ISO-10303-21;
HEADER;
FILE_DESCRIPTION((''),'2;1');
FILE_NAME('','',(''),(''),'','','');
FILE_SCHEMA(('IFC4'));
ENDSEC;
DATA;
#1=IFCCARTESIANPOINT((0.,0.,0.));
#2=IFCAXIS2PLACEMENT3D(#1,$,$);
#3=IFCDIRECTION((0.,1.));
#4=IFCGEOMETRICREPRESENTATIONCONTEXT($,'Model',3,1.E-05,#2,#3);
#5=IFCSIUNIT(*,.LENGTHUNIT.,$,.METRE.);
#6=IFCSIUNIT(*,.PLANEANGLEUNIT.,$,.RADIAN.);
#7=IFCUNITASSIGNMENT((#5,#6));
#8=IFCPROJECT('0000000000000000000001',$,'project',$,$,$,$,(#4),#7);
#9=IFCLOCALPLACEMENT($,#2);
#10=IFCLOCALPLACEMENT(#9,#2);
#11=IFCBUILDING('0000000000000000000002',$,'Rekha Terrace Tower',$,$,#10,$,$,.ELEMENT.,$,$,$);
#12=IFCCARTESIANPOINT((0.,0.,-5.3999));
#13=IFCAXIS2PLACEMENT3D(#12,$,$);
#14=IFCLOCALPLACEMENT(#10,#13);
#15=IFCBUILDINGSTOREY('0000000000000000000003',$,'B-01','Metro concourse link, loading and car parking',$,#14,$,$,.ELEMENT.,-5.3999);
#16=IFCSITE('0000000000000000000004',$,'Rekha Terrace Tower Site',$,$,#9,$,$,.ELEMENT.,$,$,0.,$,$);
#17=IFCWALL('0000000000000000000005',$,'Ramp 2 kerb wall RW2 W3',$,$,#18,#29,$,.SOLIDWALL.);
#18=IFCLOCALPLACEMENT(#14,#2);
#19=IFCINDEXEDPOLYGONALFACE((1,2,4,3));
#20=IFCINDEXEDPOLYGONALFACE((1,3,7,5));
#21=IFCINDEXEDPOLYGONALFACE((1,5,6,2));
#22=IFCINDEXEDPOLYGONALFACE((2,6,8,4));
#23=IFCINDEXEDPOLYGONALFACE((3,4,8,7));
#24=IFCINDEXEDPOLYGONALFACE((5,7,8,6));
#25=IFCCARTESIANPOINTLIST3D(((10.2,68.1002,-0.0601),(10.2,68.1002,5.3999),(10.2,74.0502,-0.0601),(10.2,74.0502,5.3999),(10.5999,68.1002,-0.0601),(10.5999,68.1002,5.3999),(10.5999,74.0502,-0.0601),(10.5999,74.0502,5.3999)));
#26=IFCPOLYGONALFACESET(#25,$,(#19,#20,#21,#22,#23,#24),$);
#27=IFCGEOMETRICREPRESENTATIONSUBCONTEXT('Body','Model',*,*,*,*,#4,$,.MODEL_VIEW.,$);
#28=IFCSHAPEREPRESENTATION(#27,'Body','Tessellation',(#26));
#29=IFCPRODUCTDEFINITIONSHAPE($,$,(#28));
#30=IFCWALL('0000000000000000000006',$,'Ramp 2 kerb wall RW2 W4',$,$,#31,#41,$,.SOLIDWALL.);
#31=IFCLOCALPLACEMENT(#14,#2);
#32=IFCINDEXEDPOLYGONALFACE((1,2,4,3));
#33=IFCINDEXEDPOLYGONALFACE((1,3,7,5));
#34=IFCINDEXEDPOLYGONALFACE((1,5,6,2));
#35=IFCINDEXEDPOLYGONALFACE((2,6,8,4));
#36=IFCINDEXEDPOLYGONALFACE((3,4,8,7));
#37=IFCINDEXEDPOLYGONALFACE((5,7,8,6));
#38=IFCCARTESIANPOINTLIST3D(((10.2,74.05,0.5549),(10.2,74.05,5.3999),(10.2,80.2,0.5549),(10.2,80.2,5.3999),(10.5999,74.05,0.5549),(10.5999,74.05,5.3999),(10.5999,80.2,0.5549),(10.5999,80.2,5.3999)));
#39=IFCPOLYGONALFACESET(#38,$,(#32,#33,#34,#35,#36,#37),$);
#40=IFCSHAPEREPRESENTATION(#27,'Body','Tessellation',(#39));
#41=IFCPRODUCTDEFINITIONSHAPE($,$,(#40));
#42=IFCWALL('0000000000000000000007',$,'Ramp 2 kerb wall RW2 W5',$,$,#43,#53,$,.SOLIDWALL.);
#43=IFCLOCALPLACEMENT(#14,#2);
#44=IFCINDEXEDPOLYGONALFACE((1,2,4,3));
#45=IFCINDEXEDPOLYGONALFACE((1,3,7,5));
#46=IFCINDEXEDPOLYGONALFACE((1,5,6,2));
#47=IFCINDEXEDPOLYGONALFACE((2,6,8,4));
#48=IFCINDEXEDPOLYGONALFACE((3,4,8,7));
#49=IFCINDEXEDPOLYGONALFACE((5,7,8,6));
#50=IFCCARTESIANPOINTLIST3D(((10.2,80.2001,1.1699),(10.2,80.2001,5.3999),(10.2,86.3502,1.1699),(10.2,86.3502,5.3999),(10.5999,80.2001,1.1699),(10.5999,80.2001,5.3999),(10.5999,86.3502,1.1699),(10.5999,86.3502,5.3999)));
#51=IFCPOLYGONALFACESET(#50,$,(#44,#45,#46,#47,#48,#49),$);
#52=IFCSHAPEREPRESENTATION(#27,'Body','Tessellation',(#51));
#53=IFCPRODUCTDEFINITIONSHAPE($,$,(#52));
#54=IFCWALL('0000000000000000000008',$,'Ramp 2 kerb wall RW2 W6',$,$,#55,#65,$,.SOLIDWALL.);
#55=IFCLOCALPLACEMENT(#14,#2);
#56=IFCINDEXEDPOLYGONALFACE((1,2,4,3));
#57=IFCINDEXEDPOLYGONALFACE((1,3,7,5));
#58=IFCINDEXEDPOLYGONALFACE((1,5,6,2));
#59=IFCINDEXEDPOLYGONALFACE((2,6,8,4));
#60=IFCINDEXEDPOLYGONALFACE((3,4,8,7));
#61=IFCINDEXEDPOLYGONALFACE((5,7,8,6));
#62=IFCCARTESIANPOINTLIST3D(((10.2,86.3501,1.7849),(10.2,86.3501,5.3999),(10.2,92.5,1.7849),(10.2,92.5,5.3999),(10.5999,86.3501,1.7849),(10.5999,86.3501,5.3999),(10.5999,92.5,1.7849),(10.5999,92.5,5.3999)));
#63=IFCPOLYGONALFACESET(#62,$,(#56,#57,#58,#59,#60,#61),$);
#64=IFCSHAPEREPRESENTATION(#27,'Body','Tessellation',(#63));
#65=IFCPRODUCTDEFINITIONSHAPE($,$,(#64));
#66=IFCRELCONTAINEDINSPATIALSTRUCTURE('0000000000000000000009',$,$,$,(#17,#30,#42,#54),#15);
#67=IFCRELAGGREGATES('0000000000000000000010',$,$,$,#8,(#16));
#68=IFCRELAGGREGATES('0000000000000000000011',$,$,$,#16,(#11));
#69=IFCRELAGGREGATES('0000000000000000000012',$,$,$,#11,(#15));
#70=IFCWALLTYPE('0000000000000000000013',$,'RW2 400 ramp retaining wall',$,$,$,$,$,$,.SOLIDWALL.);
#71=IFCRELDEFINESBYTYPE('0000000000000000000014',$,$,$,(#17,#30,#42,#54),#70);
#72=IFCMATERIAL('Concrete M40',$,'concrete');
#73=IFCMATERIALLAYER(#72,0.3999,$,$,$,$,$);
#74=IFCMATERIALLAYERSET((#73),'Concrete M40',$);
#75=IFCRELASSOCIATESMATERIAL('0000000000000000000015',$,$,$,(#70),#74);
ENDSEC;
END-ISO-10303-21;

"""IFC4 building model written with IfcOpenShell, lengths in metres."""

from ifc_helpers import new_model, si_unit, direction, frame, frame_2d, origin, place, context, subcontext, project, spatial, rectangle, extrude, material, layer, layer_set, type_object, element, save


model = new_model("IFC4")

# Units and contexts
model_context = context("Model", 3, precision=1e-05, world=origin(), true_north=direction((0.0, 1.0)))
body_context = subcontext(model_context, "Body", "Model", "MODEL_VIEW")
ifc_project = project(units=[si_unit("LENGTHUNIT", "METRE"), si_unit("PLANEANGLEUNIT", "RADIAN")], contexts=[model_context])

# Site, building, storey
site_placement = place(None, origin())
site = spatial("IfcSite", under=ifc_project, at=site_placement, Name="Rekha Terrace Tower Site", CompositionType="ELEMENT", RefElevation=0.0)
building_placement = place(site_placement, origin())
building = spatial("IfcBuilding", under=site, at=building_placement, Name="Rekha Terrace Tower", CompositionType="ELEMENT")
storey_placement = place(building_placement, frame((0.0, 0.0, -5.3999)))
storey = spatial("IfcBuildingStorey", under=building, at=storey_placement, Name="B-01", Description="Metro concourse link, loading and car parking", CompositionType="ELEMENT", Elevation=-5.3999)

# Shared definitions
ifc_material = material(Name="Concrete M40", Category="concrete")

# Walls
ifc_layer = layer(ifc_material, 0.3999)
ifc_layer_set = layer_set([ifc_layer], Name="Concrete M40")
wall_type = type_object("IfcWallType", Name="RW2 400 ramp retaining wall", PredefinedType="SOLIDWALL", material=ifc_layer_set)
wall_1_placement = place(storey_placement, frame((10.3999, 68.1001, -0.0601), z_axis=(0.0, 0.0, 1.0), x_axis=(0.0, 1.0, 0.0)))
element("IfcWall", 1, at=wall_1_placement, inside=storey, type_object=wall_type, Name="Ramp 2 kerb wall RW2 W3", PredefinedType="SOLIDWALL", context=body_context, shape_type="SweptSolid", body=[
    extrude(rectangle(XDim=5.95, YDim=0.3999, at=frame_2d((2.9751, 0.0))), origin(), (0.0, 0.0, 1.0), 5.46),
])
wall_2_placement = place(storey_placement, frame((10.3999, 74.05, 0.5549), z_axis=(0.0, 0.0, 1.0), x_axis=(0.0, 1.0, 0.0)))
element("IfcWall", 2, at=wall_2_placement, inside=storey, type_object=wall_type, Name="Ramp 2 kerb wall RW2 W4", PredefinedType="SOLIDWALL", context=body_context, shape_type="SweptSolid", body=[
    extrude(rectangle(XDim=6.1499, YDim=0.3999, at=frame_2d((3.075, 0.0))), origin(), (0.0, 0.0, 1.0), 4.845),
])
wall_3_placement = place(storey_placement, frame((10.3999, 80.2, 1.1699), z_axis=(0.0, 0.0, 1.0), x_axis=(0.0, 1.0, 0.0)))
element("IfcWall", 3, at=wall_3_placement, inside=storey, type_object=wall_type, Name="Ramp 2 kerb wall RW2 W5", PredefinedType="SOLIDWALL", context=body_context, shape_type="SweptSolid", body=[
    extrude(rectangle(XDim=6.1501, YDim=0.3999, at=frame_2d((3.0752, 0.0))), origin(), (0.0, 0.0, 1.0), 4.23),
])
wall_4_placement = place(storey_placement, frame((10.3999, 86.3501, 1.7849), z_axis=(0.0, 0.0, 1.0), x_axis=(0.0, 1.0, 0.0)))
element("IfcWall", 4, at=wall_4_placement, inside=storey, type_object=wall_type, Name="Ramp 2 kerb wall RW2 W6", PredefinedType="SOLIDWALL", context=body_context, shape_type="SweptSolid", body=[
    extrude(rectangle(XDim=6.1499, YDim=0.3999, at=frame_2d((3.075, 0.0))), origin(), (0.0, 0.0, 1.0), 3.615),
])

save(model, "model.ifc")
